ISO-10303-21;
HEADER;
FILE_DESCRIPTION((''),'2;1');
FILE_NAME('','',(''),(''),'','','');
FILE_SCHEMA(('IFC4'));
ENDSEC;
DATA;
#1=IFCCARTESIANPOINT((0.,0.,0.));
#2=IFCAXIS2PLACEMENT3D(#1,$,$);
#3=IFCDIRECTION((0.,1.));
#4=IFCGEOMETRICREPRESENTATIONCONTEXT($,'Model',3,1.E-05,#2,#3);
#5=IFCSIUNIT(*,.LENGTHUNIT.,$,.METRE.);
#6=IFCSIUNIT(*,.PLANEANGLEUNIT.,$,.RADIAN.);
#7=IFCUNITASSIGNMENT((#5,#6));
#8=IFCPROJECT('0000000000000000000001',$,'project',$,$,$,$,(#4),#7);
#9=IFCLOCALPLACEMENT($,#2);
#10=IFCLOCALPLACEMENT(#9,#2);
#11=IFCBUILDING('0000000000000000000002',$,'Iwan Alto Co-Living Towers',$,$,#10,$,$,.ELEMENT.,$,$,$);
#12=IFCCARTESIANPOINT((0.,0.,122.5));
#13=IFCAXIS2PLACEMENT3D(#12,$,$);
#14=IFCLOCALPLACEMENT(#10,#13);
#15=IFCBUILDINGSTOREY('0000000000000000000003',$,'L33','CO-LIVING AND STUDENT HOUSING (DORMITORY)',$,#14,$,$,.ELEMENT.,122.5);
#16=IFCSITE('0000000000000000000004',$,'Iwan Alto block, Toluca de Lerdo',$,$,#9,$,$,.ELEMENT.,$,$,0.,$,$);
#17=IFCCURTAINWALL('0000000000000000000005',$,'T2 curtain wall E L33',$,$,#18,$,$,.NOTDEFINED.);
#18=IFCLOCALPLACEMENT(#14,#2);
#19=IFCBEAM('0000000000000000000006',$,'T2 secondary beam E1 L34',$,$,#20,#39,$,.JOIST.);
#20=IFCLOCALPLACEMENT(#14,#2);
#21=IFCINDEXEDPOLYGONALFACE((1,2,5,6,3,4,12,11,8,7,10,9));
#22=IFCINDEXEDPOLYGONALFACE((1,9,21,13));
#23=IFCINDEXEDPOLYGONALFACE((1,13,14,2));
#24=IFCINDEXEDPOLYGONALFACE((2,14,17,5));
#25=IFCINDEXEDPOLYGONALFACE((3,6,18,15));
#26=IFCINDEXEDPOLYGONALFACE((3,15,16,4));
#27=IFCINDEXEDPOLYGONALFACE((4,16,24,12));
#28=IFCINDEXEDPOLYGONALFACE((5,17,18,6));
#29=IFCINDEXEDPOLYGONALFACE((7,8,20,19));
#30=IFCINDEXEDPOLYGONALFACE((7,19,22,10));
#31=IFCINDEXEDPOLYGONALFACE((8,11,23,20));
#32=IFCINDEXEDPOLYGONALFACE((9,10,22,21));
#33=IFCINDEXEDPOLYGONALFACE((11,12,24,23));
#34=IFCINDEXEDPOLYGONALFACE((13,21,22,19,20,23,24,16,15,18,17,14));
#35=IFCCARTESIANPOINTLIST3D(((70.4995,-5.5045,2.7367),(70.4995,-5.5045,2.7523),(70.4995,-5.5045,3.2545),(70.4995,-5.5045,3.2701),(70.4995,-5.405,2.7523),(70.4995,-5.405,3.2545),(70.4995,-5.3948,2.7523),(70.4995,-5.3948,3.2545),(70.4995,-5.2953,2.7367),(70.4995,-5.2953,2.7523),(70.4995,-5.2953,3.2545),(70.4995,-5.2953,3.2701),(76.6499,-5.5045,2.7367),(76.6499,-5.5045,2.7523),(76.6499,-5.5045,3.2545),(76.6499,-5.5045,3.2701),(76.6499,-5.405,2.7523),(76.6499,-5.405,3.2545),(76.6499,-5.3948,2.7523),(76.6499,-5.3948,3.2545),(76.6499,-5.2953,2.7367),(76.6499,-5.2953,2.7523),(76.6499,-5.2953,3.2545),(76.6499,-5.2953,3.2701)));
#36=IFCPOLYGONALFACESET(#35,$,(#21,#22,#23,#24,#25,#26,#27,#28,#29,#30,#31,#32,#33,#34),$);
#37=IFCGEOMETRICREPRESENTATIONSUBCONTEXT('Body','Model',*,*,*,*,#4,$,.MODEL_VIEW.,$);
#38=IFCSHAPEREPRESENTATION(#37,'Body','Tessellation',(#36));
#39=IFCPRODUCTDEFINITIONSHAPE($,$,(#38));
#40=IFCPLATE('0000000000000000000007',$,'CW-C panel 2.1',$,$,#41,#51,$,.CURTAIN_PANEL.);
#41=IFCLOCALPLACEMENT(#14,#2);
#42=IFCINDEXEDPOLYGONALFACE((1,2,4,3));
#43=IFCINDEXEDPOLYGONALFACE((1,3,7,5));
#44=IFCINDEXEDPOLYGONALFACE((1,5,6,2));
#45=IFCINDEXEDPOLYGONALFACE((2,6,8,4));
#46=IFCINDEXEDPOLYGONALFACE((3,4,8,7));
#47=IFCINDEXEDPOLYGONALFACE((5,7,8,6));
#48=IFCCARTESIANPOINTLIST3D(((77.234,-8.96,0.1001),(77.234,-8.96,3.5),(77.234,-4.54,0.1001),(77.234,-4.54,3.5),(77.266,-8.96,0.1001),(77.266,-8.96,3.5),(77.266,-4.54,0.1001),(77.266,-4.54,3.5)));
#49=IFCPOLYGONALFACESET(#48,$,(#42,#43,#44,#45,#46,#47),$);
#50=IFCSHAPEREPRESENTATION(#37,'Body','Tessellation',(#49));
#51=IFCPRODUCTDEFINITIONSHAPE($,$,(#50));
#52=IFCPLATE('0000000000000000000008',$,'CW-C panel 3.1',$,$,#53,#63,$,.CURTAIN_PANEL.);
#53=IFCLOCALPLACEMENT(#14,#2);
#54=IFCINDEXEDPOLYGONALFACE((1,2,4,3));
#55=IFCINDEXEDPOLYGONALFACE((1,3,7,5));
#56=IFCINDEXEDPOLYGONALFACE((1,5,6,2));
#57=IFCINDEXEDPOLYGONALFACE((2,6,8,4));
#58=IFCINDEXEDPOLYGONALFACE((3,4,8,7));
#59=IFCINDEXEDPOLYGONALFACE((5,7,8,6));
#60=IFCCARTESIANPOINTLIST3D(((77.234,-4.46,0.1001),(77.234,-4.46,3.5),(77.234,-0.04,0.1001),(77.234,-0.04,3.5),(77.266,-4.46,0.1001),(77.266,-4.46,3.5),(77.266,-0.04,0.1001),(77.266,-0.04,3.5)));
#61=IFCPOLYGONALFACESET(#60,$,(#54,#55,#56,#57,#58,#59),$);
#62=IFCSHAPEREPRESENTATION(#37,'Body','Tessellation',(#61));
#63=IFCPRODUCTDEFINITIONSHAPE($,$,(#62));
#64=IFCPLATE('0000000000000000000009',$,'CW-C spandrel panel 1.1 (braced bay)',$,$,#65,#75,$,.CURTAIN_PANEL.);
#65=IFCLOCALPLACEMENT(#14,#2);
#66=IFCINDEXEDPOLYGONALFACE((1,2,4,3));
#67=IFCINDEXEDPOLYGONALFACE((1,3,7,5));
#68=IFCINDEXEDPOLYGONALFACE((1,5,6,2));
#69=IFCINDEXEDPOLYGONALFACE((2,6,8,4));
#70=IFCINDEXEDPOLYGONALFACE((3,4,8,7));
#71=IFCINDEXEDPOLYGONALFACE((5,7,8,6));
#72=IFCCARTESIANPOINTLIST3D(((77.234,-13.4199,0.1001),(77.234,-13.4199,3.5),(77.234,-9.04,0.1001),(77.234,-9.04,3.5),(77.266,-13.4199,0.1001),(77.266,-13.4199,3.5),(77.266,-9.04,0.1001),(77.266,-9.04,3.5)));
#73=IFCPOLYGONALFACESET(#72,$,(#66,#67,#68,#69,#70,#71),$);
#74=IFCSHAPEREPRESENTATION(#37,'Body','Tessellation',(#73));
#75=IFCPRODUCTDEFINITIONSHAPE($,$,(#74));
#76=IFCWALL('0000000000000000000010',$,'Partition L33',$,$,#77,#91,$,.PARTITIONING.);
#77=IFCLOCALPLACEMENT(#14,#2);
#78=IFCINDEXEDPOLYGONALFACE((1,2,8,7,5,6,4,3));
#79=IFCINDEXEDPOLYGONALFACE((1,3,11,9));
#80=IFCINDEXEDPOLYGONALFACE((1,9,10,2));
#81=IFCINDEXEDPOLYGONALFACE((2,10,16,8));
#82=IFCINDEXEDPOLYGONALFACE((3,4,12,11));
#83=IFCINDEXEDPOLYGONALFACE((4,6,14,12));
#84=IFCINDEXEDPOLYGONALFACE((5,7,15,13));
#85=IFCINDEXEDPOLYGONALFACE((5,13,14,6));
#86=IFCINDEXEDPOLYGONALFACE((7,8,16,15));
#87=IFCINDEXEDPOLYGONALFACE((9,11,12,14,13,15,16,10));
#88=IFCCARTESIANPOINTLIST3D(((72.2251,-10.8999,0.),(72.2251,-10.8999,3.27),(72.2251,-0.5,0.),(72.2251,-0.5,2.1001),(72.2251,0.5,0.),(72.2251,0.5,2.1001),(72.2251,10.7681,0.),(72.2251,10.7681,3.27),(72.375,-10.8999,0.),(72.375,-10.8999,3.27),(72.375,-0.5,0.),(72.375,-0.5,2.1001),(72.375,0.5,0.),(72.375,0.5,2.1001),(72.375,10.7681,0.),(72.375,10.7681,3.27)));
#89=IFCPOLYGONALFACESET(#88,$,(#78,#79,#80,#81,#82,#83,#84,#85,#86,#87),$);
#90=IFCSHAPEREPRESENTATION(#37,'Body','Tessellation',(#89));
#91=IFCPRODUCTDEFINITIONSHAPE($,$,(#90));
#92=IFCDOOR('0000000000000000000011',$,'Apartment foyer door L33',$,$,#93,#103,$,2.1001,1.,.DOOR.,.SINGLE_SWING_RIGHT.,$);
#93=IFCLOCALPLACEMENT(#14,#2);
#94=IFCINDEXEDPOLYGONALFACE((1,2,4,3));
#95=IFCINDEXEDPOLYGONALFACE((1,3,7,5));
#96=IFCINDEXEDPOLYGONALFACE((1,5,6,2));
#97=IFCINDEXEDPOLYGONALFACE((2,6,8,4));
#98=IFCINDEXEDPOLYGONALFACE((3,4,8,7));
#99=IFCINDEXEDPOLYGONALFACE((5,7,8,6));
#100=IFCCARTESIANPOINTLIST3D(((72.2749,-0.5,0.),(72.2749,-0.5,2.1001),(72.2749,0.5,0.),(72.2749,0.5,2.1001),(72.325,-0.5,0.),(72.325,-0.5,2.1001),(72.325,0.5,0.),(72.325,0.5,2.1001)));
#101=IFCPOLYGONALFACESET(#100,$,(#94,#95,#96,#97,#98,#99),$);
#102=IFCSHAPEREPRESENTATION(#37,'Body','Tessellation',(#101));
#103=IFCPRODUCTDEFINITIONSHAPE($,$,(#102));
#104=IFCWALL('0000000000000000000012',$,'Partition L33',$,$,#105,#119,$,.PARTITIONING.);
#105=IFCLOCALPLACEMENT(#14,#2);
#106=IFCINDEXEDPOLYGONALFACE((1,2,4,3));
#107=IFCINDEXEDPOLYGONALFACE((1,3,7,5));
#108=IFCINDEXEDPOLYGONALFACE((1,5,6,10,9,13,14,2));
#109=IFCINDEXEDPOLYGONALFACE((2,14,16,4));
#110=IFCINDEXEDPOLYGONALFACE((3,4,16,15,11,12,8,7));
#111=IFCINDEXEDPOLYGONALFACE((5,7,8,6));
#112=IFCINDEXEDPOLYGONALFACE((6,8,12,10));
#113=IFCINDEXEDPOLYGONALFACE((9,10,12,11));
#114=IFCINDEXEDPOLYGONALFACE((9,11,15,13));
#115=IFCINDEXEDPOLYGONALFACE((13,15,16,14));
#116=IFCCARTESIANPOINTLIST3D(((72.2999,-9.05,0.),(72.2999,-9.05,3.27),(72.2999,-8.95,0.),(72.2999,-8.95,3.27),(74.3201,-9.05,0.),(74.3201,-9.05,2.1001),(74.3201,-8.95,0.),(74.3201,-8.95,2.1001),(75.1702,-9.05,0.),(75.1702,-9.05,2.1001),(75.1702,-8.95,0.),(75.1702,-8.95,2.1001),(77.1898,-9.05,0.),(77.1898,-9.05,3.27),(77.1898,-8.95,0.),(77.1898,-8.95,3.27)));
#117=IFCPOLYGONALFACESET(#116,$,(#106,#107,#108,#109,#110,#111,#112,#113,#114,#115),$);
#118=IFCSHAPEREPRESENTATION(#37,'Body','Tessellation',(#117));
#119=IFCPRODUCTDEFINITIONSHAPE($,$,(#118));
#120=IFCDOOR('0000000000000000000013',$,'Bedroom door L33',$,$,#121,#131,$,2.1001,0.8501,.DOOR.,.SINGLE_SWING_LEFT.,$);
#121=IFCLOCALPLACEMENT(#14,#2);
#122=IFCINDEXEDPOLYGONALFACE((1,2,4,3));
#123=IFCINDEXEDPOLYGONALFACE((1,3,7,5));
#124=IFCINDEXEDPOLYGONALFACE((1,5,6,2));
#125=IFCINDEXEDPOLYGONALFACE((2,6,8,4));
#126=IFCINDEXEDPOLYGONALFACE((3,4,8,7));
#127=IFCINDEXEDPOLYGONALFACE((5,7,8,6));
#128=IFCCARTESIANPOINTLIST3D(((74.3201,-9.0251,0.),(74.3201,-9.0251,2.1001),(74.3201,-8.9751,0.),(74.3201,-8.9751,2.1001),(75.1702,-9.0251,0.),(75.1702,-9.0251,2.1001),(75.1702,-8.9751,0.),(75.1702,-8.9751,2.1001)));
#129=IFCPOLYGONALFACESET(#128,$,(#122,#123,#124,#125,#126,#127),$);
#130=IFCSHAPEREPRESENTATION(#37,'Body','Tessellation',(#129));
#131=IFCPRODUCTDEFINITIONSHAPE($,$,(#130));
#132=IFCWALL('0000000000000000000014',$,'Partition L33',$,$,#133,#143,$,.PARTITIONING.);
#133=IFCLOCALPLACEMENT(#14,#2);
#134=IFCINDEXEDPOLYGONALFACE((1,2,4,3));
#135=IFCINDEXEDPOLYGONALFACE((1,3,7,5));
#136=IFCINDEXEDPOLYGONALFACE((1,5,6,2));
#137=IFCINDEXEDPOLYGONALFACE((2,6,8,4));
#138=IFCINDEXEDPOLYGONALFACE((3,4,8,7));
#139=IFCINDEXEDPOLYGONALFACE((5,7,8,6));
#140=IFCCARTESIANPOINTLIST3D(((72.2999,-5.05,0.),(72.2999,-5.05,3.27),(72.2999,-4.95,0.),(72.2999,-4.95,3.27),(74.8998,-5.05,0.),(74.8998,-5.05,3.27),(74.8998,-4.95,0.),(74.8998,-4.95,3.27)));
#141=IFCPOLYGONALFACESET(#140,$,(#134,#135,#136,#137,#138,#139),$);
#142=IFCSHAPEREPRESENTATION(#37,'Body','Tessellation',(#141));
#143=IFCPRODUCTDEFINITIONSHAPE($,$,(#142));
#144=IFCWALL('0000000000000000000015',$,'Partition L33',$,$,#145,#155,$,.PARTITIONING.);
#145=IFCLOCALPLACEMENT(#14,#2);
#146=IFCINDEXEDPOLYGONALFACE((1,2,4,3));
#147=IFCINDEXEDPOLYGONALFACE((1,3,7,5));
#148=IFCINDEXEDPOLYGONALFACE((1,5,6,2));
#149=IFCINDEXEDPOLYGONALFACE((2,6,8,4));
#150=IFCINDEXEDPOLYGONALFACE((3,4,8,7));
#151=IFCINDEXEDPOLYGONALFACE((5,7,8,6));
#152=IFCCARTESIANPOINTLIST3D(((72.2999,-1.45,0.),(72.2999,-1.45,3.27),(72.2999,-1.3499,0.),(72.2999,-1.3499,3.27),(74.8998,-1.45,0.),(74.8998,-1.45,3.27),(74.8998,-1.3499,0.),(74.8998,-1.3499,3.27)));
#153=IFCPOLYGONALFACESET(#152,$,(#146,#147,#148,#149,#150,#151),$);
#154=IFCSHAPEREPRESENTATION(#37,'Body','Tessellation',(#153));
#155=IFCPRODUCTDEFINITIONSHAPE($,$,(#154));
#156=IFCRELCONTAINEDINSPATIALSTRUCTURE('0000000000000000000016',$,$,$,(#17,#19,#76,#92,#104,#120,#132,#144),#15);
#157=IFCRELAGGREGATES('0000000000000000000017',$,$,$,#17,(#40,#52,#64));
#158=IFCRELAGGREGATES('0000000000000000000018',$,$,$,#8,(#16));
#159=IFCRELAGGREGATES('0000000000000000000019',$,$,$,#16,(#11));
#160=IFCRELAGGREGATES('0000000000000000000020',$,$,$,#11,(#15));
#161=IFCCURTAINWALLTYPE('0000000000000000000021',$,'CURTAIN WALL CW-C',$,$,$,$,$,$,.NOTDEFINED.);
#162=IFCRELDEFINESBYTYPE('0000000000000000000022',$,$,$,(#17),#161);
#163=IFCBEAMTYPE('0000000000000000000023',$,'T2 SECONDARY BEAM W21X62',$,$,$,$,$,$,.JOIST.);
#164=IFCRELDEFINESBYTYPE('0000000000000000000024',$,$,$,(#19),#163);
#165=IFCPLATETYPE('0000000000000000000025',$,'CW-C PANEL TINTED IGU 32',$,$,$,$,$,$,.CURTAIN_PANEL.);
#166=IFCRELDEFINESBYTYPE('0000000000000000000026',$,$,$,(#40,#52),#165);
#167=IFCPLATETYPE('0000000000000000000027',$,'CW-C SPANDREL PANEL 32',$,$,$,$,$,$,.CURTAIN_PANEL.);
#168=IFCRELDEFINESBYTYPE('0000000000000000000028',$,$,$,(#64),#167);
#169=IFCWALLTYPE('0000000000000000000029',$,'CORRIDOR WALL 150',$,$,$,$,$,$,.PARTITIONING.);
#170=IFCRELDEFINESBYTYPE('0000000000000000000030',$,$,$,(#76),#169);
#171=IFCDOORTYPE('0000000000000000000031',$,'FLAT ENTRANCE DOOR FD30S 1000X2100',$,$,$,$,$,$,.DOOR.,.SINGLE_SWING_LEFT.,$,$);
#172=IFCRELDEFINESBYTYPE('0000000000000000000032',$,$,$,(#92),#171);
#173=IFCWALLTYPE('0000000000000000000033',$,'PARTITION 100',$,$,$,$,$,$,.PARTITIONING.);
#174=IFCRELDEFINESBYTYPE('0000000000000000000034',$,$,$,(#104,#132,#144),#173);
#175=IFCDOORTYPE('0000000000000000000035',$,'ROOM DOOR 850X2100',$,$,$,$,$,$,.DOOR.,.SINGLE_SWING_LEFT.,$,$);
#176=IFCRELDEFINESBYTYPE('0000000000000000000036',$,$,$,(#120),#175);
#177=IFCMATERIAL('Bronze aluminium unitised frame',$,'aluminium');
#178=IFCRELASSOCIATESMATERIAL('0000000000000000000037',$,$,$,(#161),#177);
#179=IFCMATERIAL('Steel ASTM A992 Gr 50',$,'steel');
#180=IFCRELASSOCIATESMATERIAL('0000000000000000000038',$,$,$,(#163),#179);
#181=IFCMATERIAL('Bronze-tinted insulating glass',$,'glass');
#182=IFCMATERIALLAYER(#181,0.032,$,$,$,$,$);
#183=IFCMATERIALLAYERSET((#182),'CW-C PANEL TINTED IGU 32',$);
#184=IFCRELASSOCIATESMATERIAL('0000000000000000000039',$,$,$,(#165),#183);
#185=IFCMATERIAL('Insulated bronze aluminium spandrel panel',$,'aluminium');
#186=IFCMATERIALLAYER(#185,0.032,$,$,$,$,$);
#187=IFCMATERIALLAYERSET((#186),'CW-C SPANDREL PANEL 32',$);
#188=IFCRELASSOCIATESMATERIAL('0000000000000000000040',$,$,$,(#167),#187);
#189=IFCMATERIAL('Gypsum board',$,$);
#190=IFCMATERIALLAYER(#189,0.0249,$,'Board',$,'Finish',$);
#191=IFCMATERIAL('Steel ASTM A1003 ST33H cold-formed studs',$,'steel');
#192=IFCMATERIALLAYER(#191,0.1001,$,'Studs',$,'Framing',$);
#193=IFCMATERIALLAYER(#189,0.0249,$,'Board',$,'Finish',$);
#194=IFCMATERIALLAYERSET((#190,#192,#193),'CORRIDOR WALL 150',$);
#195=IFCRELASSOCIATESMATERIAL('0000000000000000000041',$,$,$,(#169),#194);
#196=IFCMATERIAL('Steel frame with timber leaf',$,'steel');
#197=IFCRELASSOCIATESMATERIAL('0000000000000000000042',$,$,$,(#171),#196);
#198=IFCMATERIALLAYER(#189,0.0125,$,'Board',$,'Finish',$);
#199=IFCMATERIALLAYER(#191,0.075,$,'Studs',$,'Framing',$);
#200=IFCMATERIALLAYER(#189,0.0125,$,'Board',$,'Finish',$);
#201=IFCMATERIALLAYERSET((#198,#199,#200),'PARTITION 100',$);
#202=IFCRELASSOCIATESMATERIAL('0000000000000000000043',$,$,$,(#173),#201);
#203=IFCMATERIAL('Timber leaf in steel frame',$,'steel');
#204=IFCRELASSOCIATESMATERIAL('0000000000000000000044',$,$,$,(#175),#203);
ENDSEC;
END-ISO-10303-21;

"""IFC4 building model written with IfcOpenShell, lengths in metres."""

from ifc_helpers import new_model, si_unit, direction, frame, frame_2d, origin, origin_2d, place, context, subcontext, project, spatial, rectangle, i_section, extrude, material, layer, layer_set, material_profile, profile_set, type_object, element, fill, aggregate, save


model = new_model("IFC4")

# Units and contexts
model_context = context("Model", 3, precision=1e-05, world=origin(), true_north=direction((0.0, 1.0)))
body_context = subcontext(model_context, "Body", "Model", "MODEL_VIEW")
ifc_project = project(units=[si_unit("LENGTHUNIT", "METRE"), si_unit("PLANEANGLEUNIT", "RADIAN")], contexts=[model_context])

# Site, building, storey
site_placement = place(None, origin())
site = spatial("IfcSite", under=ifc_project, at=site_placement, Name="Iwan Alto block, Toluca de Lerdo", CompositionType="ELEMENT", RefElevation=0.0)
building_placement = place(site_placement, origin())
building = spatial("IfcBuilding", under=site, at=building_placement, Name="Iwan Alto Co-Living Towers", CompositionType="ELEMENT")
storey_placement = place(building_placement, frame((0.0, 0.0, 122.5)))
storey = spatial("IfcBuildingStorey", under=building, at=storey_placement, Name="L33", Description="CO-LIVING AND STUDENT HOUSING (DORMITORY)", CompositionType="ELEMENT", Elevation=122.5)

# Curtain wall
ifc_material_1 = material(Name="Bronze aluminium unitised frame", Category="aluminium")
curtain_wall_type = type_object("IfcCurtainWallType", Name="CURTAIN WALL CW-C", PredefinedType="NOTDEFINED", material=ifc_material_1)
curtain_wall_placement = place(storey_placement, origin())
curtain_wall = element("IfcCurtainWall", 1, at=curtain_wall_placement, inside=storey, type_object=curtain_wall_type, Name="T2 curtain wall E L33", PredefinedType="NOTDEFINED")

# Beam
ifc_material_2 = material(Name="Steel ASTM A992 Gr 50", Category="steel")
ifc_material_profile_1 = material_profile(ifc_material_2, i_section(OverallWidth=0.2092, OverallDepth=0.5334, WebThickness=0.0103, FlangeThickness=0.0156, at=origin_2d()), Name="W21X62")
ifc_profile_set_1 = profile_set([ifc_material_profile_1], Name="Steel ASTM A992 Gr 50")
beam_type_1 = type_object("IfcBeamType", Name="T2 SECONDARY BEAM W21X62", PredefinedType="JOIST", material=ifc_profile_set_1)
beam_1_placement = place(storey_placement, frame((76.6499, -5.3999, 3.0034), z_axis=(-1.0, 0.0, 0.0), x_axis=(0.0, -1.0, 0.0)))
element("IfcBeam", 2, at=beam_1_placement, inside=storey, type_object=beam_type_1, Name="T2 secondary beam E1 L34", PredefinedType="JOIST", context=body_context, shape_type="SweptSolid", body=[
    extrude(i_section(OverallWidth=0.2092, OverallDepth=0.5334, WebThickness=0.0103, FlangeThickness=0.0156, at=origin_2d()), origin(), (0.0, 0.0, 1.0), 6.1504),
])

# Plates
ifc_material_3 = material(Name="Bronze-tinted insulating glass", Category="glass")
ifc_layer_1 = layer(ifc_material_3, 0.032)
ifc_layer_set_1 = layer_set([ifc_layer_1], Name="CW-C PANEL TINTED IGU 32")
plate_type_1 = type_object("IfcPlateType", Name="CW-C PANEL TINTED IGU 32", PredefinedType="CURTAIN_PANEL", material=ifc_layer_set_1)
plate_1_placement = place(storey_placement, frame((77.25, -6.75, 0.1001), z_axis=(0.0, 0.0, 1.0), x_axis=(0.0, 1.0, 0.0)))
plate_1 = element("IfcPlate", 3, at=plate_1_placement, type_object=plate_type_1, Name="CW-C panel 2.1", PredefinedType="CURTAIN_PANEL", context=body_context, shape_type="SweptSolid", body=[
    extrude(rectangle(XDim=4.4199, YDim=0.032, at=origin_2d()), origin(), (0.0, 0.0, 1.0), 3.3999),
])
plate_2_placement = place(storey_placement, frame((77.25, -2.25, 0.1001), z_axis=(0.0, 0.0, 1.0), x_axis=(0.0, 1.0, 0.0)))
plate_2 = element("IfcPlate", 4, at=plate_2_placement, type_object=plate_type_1, Name="CW-C panel 3.1", PredefinedType="CURTAIN_PANEL", context=body_context, shape_type="SweptSolid", body=[
    extrude(rectangle(XDim=4.4199, YDim=0.032, at=origin_2d()), origin(), (0.0, 0.0, 1.0), 3.3999),
])
ifc_material_4 = material(Name="Insulated bronze aluminium spandrel panel", Category="aluminium")
ifc_layer_2 = layer(ifc_material_4, 0.032)
ifc_layer_set_2 = layer_set([ifc_layer_2], Name="CW-C SPANDREL PANEL 32")
plate_type_2 = type_object("IfcPlateType", Name="CW-C SPANDREL PANEL 32", PredefinedType="CURTAIN_PANEL", material=ifc_layer_set_2)
plate_3_placement = place(storey_placement, frame((77.25, -11.23, 0.1001), z_axis=(0.0, 0.0, 1.0), x_axis=(0.0, 1.0, 0.0)))
plate_3 = element("IfcPlate", 5, at=plate_3_placement, type_object=plate_type_2, Name="CW-C spandrel panel 1.1 (braced bay)", PredefinedType="CURTAIN_PANEL", context=body_context, shape_type="SweptSolid", body=[
    extrude(rectangle(XDim=4.3799, YDim=0.032, at=origin_2d()), origin(), (0.0, 0.0, 1.0), 3.3999),
])
aggregate(curtain_wall, [plate_1, plate_2, plate_3])

# Walls, openings, doors
ifc_material_5 = material(Name="Gypsum board")
ifc_layer_3 = layer(ifc_material_5, 0.0249, Name="Board", Category="Finish")
ifc_material_6 = material(Name="Steel ASTM A1003 ST33H cold-formed studs", Category="steel")
ifc_layer_4 = layer(ifc_material_6, 0.1001, Name="Studs", Category="Framing")
ifc_layer_5 = layer(ifc_material_5, 0.0249, Name="Board", Category="Finish")
ifc_layer_set_3 = layer_set([ifc_layer_3, ifc_layer_4, ifc_layer_5], Name="CORRIDOR WALL 150")
wall_type_1 = type_object("IfcWallType", Name="CORRIDOR WALL 150", PredefinedType="PARTITIONING", material=ifc_layer_set_3)
wall_1_placement = place(storey_placement, frame((72.3, -10.8999, 0.0), z_axis=(0.0, 0.0, 1.0), x_axis=(0.0, 1.0, 0.0)))
wall_1 = element("IfcWall", 6, at=wall_1_placement, inside=storey, type_object=wall_type_1, Name="Partition L33", PredefinedType="PARTITIONING", context=body_context, shape_type="SweptSolid", body=[
    extrude(rectangle(XDim=21.668, YDim=0.1499, at=frame_2d((10.834, 0.0))), origin(), (0.0, 0.0, 1.0), 3.27),
])
opening_1_placement = place(wall_1_placement, frame((10.3999, 0.0, 0.0)))
opening_1 = element("IfcOpeningElement", 7, at=opening_1_placement, cuts=wall_1, PredefinedType="OPENING", context=body_context, shape_type="SweptSolid", body=[
    extrude(rectangle(XDim=1.0, YDim=2.1001, at=frame_2d((0.5, 1.05))), frame((0.0, 0.085, 0.0), z_axis=(0.0, -1.0, 0.0), x_axis=(1.0, 0.0, 0.0)), (0.0, 0.0, 1.0), 0.1699),
])
ifc_material_7 = material(Name="Steel frame with timber leaf", Category="steel")
door_type_1 = type_object("IfcDoorType", Name="FLAT ENTRANCE DOOR FD30S 1000X2100", OperationType="SINGLE_SWING_LEFT", PredefinedType="DOOR", material=ifc_material_7)
door_1_placement = place(opening_1_placement, frame((1.0, 0.0, 0.0), z_axis=(0.0, 0.0, 1.0), x_axis=(-1.0, 0.0, 0.0)))
door_1 = element("IfcDoor", 8, at=door_1_placement, inside=storey, type_object=door_type_1, Name="Apartment foyer door L33", OperationType="SINGLE_SWING_RIGHT", OverallHeight=2.1001, OverallWidth=1.0, PredefinedType="DOOR", context=body_context, shape_type="SweptSolid", body=[
    extrude(rectangle(XDim=1.0, YDim=2.1001, at=frame_2d((0.5, 1.05))), frame((0.0, 0.0249, 0.0), z_axis=(0.0, -1.0, 0.0), x_axis=(1.0, 0.0, 0.0)), (0.0, 0.0, 1.0), 0.05),
])
fill(opening_1, door_1)
ifc_layer_6 = layer(ifc_material_5, 0.0125, Name="Board", Category="Finish")
ifc_layer_7 = layer(ifc_material_6, 0.075, Name="Studs", Category="Framing")
ifc_layer_8 = layer(ifc_material_5, 0.0125, Name="Board", Category="Finish")
ifc_layer_set_4 = layer_set([ifc_layer_6, ifc_layer_7, ifc_layer_8], Name="PARTITION 100")
wall_type_2 = type_object("IfcWallType", Name="PARTITION 100", PredefinedType="PARTITIONING", material=ifc_layer_set_4)
wall_2_placement = place(storey_placement, frame((72.3, -9.0, 0.0), z_axis=(0.0, 0.0, 1.0), x_axis=(1.0, 0.0, 0.0)))
wall_2 = element("IfcWall", 9, at=wall_2_placement, inside=storey, type_object=wall_type_2, Name="Partition L33", PredefinedType="PARTITIONING", context=body_context, shape_type="SweptSolid", body=[
    extrude(rectangle(XDim=4.8899, YDim=0.1001, at=frame_2d((2.4448, 0.0))), origin(), (0.0, 0.0, 1.0), 3.27),
])
opening_2_placement = place(wall_2_placement, frame((2.02, 0.0, 0.0)))
opening_2 = element("IfcOpeningElement", 10, at=opening_2_placement, cuts=wall_2, PredefinedType="OPENING", context=body_context, shape_type="SweptSolid", body=[
    extrude(rectangle(XDim=0.8501, YDim=2.1001, at=frame_2d((0.425, 1.05))), frame((0.0, 0.0601, 0.0), z_axis=(0.0, -1.0, 0.0), x_axis=(1.0, 0.0, 0.0)), (0.0, 0.0, 1.0), 0.1201),
])
ifc_material_8 = material(Name="Timber leaf in steel frame", Category="steel")
door_type_2 = type_object("IfcDoorType", Name="ROOM DOOR 850X2100", OperationType="SINGLE_SWING_LEFT", PredefinedType="DOOR", material=ifc_material_8)
door_2_placement = place(opening_2_placement, origin())
door_2 = element("IfcDoor", 11, at=door_2_placement, inside=storey, type_object=door_type_2, Name="Bedroom door L33", OperationType="SINGLE_SWING_LEFT", OverallHeight=2.1001, OverallWidth=0.8501, PredefinedType="DOOR", context=body_context, shape_type="SweptSolid", body=[
    extrude(rectangle(XDim=0.8501, YDim=2.1001, at=frame_2d((0.425, 1.05))), frame((0.0, 0.0249, 0.0), z_axis=(0.0, -1.0, 0.0), x_axis=(1.0, 0.0, 0.0)), (0.0, 0.0, 1.0), 0.05),
])
fill(opening_2, door_2)

# Walls
for number, where, z_axis, x_axis, name in (
    (12, (72.3, -5.0, 0.0), (0.0, 0.0, 1.0), (1.0, 0.0, 0.0), "Partition L33"),
    (13, (72.3, -1.3999, 0.0), (0.0, 0.0, 1.0), (1.0, 0.0, 0.0), "Partition L33"),
):
    element("IfcWall", number, at=place(storey_placement, frame(where, z_axis=z_axis, x_axis=x_axis)), inside=storey, type_object=wall_type_2, Name=name, PredefinedType="PARTITIONING", context=body_context, shape_type="SweptSolid", body=[
        extrude(rectangle(XDim=2.5999, YDim=0.1001, at=frame_2d((1.2998, 0.0))), origin(), (0.0, 0.0, 1.0), 3.27),
    ])

save(model, "model.ifc")
